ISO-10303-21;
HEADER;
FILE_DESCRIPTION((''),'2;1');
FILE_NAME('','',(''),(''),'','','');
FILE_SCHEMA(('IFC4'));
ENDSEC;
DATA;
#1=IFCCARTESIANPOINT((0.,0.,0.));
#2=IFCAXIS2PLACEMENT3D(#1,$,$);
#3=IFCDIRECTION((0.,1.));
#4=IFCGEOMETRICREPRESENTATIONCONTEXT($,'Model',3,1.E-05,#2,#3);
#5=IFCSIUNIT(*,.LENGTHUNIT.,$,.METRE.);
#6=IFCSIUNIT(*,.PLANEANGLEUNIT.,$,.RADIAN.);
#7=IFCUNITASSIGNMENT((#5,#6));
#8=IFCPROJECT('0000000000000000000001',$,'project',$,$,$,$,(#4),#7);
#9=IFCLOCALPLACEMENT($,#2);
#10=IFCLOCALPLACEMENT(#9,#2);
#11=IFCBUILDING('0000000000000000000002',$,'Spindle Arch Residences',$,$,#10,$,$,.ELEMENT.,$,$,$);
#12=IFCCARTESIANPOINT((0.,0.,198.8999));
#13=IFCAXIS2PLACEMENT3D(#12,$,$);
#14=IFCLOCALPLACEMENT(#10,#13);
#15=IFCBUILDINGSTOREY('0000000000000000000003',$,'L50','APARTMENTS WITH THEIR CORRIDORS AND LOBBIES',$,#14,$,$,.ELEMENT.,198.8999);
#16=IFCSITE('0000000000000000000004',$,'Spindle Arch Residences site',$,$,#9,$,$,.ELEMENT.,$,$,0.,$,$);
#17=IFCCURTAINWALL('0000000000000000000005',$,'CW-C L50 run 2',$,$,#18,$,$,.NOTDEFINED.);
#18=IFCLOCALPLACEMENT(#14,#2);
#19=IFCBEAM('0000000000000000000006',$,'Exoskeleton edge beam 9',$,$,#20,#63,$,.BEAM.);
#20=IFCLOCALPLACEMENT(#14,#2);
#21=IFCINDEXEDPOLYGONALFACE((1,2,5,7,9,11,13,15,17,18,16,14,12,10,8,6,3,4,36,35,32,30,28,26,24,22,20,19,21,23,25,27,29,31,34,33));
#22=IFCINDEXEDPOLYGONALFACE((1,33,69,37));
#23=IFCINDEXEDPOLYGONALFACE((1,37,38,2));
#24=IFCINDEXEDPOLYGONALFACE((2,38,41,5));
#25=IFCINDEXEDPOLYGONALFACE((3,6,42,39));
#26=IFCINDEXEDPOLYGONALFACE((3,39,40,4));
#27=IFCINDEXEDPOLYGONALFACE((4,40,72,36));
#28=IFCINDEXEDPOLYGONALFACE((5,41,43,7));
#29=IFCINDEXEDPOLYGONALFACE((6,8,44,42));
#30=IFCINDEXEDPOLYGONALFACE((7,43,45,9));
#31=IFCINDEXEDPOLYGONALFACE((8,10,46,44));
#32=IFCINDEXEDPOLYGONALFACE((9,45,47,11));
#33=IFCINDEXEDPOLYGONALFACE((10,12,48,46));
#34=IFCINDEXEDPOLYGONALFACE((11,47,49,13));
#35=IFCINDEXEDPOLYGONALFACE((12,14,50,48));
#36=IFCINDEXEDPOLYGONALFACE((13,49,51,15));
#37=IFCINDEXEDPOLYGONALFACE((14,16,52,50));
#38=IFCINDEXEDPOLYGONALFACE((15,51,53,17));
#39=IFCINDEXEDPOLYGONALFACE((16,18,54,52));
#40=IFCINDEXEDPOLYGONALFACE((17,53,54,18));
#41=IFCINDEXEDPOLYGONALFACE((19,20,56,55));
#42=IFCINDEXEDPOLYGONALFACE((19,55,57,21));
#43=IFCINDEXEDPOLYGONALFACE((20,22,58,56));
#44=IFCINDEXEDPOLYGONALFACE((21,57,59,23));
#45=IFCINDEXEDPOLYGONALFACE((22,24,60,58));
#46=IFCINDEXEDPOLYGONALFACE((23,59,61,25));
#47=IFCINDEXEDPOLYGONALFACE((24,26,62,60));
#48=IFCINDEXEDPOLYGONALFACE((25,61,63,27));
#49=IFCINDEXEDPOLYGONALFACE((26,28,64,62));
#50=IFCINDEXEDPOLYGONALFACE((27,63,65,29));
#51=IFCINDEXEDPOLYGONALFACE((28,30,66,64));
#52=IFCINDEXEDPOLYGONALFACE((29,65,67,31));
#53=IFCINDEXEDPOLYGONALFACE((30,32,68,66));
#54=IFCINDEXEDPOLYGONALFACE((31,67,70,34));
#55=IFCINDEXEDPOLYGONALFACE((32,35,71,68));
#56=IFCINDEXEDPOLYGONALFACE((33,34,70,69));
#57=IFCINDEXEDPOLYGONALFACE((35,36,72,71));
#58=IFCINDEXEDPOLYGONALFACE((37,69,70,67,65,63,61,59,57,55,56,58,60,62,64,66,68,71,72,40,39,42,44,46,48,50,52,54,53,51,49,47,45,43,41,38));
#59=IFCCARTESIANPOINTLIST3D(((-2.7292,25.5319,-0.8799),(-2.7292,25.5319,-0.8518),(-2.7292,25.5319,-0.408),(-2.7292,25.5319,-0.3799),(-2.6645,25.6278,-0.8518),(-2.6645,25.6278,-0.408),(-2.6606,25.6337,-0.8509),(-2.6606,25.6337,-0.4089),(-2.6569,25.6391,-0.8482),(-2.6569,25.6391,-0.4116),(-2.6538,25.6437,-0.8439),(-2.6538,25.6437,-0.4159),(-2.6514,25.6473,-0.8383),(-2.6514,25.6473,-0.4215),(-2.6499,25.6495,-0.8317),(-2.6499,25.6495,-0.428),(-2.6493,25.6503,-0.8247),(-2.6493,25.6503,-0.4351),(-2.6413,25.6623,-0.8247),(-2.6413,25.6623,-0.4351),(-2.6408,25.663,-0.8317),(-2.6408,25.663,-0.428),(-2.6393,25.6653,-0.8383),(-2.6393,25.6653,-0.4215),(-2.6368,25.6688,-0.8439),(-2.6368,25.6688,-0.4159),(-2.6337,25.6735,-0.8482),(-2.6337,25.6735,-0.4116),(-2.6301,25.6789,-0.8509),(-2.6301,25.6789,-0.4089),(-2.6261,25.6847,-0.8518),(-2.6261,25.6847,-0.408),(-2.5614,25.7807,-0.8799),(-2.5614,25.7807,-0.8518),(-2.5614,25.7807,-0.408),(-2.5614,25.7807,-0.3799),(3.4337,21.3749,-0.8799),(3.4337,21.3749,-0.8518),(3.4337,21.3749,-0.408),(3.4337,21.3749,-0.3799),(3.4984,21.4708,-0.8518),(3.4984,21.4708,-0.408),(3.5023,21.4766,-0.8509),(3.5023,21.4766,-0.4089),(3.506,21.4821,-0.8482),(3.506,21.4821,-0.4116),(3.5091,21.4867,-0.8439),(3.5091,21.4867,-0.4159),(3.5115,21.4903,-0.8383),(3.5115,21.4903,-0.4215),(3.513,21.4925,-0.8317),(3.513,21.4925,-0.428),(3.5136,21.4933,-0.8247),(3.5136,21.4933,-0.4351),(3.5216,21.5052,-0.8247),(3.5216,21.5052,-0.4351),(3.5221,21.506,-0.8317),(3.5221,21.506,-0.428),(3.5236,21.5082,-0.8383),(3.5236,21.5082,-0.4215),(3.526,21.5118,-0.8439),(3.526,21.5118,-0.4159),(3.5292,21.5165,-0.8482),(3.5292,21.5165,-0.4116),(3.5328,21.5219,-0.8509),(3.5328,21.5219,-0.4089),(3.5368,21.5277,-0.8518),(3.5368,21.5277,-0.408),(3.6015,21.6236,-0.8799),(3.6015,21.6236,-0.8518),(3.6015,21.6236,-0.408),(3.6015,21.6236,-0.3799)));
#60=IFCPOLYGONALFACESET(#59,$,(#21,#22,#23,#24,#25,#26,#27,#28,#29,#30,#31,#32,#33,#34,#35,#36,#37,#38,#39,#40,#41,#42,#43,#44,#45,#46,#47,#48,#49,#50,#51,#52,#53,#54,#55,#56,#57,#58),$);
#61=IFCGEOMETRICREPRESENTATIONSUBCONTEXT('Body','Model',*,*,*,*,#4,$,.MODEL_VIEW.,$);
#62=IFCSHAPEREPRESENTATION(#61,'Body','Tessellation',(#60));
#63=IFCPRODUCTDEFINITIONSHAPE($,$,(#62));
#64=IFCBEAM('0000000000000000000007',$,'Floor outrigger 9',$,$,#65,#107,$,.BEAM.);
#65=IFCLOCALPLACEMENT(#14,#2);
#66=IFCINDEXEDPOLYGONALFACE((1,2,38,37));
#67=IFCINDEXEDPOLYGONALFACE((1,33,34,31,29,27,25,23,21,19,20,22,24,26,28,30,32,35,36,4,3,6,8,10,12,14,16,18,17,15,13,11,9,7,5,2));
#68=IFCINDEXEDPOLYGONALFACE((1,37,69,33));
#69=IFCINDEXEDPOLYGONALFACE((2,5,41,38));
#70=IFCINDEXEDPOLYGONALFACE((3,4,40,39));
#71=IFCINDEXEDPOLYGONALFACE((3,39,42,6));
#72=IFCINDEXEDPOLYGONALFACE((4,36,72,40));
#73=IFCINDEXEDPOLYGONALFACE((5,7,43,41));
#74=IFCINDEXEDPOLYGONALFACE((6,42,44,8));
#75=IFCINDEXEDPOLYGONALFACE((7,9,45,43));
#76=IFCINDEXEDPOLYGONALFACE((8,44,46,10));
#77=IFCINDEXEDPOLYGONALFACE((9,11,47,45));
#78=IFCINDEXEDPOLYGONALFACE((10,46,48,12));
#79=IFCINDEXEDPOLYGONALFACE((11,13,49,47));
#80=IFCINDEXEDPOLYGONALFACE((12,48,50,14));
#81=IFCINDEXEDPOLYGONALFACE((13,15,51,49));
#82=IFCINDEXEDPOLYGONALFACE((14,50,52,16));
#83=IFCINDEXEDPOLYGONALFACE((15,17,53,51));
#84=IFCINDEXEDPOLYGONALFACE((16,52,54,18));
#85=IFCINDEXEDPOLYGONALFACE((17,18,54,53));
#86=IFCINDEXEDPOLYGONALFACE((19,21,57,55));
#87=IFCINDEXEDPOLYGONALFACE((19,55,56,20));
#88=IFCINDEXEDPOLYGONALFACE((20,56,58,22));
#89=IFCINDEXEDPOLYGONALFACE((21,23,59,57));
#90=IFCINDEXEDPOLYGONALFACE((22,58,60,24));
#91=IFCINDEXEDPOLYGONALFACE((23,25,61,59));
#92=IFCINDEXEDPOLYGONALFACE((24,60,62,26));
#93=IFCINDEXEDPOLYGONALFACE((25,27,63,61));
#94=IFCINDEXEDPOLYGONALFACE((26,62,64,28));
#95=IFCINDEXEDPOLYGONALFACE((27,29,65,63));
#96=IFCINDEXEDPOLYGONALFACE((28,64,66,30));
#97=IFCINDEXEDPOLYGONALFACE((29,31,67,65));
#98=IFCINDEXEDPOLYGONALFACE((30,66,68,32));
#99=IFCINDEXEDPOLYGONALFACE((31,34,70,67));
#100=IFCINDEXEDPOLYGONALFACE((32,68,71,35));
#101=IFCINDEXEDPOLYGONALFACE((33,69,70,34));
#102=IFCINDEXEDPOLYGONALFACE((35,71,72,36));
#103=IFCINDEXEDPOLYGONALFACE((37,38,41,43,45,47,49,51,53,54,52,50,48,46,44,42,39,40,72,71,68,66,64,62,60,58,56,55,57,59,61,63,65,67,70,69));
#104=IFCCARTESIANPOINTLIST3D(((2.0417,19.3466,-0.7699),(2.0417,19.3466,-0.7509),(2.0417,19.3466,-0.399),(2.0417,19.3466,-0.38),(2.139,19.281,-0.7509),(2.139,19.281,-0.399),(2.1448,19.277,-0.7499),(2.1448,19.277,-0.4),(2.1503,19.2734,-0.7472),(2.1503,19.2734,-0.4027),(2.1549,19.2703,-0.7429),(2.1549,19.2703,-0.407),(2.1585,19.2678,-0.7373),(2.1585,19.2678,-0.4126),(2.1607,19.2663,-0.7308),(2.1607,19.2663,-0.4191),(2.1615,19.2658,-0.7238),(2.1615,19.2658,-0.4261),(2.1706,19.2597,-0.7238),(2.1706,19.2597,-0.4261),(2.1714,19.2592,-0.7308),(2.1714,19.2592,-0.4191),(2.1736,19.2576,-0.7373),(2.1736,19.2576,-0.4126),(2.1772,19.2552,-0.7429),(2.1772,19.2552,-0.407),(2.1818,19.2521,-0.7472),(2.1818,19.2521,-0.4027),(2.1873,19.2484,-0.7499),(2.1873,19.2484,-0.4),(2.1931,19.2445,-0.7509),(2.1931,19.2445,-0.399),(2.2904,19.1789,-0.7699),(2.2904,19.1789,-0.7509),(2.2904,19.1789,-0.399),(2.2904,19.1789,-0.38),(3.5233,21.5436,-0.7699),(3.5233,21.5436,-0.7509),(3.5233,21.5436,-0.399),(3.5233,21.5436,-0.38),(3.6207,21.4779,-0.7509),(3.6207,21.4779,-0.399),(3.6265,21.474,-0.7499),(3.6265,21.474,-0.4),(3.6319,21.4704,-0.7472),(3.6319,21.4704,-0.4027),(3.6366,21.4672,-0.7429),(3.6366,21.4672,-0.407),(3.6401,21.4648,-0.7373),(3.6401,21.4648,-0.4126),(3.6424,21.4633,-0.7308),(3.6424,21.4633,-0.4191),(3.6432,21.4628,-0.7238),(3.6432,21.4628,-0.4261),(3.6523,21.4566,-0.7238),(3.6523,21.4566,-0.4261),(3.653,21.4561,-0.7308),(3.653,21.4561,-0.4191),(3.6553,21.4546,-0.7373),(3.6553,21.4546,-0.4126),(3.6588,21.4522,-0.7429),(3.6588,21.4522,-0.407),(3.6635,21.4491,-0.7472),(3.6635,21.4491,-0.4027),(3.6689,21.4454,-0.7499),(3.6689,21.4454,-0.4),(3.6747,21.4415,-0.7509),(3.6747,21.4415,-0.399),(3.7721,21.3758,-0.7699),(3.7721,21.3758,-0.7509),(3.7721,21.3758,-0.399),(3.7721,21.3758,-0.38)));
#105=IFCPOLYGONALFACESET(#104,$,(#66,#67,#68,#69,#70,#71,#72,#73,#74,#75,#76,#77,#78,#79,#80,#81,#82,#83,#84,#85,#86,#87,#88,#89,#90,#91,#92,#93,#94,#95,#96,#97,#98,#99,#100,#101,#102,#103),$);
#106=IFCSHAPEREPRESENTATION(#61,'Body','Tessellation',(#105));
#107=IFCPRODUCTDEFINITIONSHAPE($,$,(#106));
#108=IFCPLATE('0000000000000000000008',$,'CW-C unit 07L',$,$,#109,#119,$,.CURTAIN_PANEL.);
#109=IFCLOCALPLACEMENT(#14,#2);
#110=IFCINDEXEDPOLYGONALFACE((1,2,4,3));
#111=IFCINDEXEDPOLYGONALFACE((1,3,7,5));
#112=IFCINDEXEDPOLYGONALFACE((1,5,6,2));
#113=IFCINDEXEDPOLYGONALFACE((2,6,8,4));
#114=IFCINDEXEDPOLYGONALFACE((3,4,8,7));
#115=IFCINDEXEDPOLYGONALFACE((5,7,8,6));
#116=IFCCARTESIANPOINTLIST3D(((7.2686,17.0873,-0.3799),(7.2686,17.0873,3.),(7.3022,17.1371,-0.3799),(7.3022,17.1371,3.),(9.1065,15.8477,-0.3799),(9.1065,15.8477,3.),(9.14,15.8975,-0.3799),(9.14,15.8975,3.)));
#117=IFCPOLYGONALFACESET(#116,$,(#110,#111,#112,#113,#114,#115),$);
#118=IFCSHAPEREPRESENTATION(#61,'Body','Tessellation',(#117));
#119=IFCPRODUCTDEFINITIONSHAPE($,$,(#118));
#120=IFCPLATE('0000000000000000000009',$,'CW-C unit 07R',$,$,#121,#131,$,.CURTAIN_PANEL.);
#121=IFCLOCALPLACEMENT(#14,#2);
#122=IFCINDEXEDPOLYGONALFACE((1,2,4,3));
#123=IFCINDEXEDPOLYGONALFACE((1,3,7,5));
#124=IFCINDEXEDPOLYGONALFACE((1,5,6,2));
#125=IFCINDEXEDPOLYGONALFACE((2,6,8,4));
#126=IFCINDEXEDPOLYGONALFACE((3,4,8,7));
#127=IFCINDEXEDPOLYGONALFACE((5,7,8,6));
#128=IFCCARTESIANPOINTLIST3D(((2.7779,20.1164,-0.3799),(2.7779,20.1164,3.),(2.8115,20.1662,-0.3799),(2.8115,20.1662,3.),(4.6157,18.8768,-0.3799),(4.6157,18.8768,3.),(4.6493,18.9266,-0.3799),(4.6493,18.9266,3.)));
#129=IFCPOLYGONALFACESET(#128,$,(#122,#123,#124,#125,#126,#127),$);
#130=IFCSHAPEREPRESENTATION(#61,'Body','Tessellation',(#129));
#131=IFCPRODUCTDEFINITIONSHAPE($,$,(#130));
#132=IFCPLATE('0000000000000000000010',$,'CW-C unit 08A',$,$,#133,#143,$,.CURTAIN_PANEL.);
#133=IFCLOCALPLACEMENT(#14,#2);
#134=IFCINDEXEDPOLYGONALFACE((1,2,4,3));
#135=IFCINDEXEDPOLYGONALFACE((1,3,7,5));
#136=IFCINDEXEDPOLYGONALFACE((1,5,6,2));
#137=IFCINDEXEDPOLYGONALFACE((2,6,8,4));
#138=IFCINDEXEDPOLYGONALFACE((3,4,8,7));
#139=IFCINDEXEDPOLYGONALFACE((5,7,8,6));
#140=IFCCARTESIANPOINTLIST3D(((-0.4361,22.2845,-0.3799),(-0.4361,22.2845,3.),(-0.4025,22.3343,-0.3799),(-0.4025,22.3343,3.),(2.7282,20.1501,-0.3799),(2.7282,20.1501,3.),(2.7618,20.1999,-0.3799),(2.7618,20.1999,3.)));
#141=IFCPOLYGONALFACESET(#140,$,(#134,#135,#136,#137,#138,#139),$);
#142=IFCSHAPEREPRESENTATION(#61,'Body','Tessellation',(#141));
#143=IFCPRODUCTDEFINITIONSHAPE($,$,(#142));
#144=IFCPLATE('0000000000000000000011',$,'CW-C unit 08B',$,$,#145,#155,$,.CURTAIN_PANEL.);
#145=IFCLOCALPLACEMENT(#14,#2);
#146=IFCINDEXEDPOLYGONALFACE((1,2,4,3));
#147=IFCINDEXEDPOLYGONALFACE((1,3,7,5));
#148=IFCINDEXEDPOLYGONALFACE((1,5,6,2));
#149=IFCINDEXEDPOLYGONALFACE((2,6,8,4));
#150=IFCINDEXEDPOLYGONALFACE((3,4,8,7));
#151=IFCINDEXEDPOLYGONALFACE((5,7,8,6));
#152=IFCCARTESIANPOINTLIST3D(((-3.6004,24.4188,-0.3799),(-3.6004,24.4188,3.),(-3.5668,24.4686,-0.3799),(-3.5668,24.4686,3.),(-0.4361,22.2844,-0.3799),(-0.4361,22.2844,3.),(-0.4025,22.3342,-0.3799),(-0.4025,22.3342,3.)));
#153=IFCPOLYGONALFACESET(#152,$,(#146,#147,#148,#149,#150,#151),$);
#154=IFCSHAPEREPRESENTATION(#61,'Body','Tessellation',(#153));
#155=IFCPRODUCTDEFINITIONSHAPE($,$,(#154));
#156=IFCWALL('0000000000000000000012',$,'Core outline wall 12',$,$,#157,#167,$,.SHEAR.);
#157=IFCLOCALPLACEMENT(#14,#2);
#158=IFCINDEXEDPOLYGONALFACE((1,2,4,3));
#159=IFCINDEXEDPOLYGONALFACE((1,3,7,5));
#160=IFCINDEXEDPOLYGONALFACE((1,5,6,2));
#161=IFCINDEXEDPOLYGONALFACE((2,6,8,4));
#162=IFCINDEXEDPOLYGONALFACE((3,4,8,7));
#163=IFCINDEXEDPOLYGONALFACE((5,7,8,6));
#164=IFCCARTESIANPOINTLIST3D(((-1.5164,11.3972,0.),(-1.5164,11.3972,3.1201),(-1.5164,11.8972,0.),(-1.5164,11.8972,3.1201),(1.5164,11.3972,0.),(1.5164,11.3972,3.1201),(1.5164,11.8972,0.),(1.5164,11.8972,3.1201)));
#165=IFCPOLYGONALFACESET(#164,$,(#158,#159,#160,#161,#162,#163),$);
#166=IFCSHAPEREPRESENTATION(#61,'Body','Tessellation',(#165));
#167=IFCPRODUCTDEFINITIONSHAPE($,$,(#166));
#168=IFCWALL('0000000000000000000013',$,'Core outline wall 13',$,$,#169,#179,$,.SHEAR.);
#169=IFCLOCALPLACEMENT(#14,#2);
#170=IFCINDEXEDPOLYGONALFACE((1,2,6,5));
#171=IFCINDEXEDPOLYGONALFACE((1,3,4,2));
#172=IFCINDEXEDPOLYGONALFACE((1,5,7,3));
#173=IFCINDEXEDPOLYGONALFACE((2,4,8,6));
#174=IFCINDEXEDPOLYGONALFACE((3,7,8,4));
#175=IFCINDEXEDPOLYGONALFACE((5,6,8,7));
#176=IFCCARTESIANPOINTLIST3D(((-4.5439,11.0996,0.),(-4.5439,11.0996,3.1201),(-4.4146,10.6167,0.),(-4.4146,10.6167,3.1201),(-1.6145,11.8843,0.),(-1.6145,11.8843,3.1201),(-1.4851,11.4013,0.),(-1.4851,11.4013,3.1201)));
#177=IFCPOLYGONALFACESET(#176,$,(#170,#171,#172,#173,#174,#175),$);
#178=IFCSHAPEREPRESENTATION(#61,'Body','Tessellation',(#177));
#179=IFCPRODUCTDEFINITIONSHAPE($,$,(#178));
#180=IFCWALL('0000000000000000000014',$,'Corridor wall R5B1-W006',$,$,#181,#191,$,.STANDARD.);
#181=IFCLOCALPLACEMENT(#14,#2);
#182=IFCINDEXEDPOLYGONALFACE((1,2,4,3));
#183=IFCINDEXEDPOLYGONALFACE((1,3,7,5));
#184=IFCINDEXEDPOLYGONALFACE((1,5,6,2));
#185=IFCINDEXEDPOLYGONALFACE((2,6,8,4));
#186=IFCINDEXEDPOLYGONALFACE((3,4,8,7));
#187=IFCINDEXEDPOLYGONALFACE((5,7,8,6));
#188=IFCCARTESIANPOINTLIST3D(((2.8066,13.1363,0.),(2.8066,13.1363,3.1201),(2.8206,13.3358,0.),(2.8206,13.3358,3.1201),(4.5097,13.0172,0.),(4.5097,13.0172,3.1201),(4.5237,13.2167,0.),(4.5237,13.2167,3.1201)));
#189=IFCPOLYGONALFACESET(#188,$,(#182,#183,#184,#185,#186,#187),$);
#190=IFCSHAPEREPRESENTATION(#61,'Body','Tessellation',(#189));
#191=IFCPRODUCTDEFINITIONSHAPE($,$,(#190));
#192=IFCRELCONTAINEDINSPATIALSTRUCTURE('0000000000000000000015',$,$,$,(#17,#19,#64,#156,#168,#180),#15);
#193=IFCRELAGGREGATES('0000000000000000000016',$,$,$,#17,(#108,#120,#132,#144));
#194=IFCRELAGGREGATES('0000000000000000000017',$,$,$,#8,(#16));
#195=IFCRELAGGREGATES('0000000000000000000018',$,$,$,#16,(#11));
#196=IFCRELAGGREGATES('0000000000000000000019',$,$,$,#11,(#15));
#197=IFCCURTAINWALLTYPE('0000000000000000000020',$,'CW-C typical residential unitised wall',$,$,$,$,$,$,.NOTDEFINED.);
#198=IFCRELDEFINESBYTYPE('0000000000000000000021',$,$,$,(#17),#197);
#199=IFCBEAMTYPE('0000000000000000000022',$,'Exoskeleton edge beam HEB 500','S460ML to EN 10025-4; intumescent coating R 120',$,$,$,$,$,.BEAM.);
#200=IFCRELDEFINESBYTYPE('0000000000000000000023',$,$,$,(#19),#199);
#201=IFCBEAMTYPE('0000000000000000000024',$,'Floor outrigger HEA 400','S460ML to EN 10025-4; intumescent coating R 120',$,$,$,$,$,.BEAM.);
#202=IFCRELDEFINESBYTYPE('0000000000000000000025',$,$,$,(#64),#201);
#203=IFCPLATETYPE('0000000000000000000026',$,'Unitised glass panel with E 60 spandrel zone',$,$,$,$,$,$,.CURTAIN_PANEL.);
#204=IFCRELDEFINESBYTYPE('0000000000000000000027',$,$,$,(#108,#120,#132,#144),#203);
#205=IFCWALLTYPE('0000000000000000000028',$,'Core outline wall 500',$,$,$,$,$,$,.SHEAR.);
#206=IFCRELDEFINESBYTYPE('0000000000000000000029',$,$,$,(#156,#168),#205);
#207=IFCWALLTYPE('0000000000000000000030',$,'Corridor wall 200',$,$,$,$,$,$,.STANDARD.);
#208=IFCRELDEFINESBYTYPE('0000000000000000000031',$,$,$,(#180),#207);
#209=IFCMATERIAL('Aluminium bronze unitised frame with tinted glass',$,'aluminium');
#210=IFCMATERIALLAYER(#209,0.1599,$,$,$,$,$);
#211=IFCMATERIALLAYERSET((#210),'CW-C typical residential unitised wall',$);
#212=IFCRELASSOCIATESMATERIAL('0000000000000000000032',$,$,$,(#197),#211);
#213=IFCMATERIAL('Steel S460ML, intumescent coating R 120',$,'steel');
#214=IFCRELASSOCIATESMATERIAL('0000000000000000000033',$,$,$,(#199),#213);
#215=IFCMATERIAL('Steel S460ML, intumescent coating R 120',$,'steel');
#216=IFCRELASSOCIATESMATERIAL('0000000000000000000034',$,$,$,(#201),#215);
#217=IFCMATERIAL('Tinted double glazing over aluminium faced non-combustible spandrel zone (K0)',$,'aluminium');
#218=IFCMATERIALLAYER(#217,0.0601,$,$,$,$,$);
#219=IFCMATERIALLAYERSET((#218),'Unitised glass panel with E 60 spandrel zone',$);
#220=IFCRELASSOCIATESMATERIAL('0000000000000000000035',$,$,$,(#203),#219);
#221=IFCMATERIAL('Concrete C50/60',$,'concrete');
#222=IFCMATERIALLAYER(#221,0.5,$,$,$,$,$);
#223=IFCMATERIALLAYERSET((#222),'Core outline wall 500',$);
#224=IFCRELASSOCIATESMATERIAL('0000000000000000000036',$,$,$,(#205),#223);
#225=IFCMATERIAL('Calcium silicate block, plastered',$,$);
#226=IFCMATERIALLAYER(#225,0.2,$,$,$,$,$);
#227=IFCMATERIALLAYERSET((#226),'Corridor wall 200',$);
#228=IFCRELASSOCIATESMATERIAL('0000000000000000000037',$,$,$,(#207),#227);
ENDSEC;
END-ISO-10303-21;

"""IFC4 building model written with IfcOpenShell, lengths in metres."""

from ifc_helpers import new_model, si_unit, direction, frame, frame_2d, origin, origin_2d, place, context, subcontext, project, spatial, rectangle, i_section, extrude, material, layer, layer_set, material_profile, profile_set, type_object, element, aggregate, save


model = new_model("IFC4")

# Units and contexts
model_context = context("Model", 3, precision=1e-05, world=origin(), true_north=direction((0.0, 1.0)))
body_context = subcontext(model_context, "Body", "Model", "MODEL_VIEW")
ifc_project = project(units=[si_unit("LENGTHUNIT", "METRE"), si_unit("PLANEANGLEUNIT", "RADIAN")], contexts=[model_context])

# Site, building, storey
site_placement = place(None, origin())
site = spatial("IfcSite", under=ifc_project, at=site_placement, Name="Spindle Arch Residences site", CompositionType="ELEMENT", RefElevation=0.0)
building_placement = place(site_placement, origin())
building = spatial("IfcBuilding", under=site, at=building_placement, Name="Spindle Arch Residences", CompositionType="ELEMENT")
storey_placement = place(building_placement, frame((0.0, 0.0, 198.8999)))
storey = spatial("IfcBuildingStorey", under=building, at=storey_placement, Name="L50", Description="APARTMENTS WITH THEIR CORRIDORS AND LOBBIES", CompositionType="ELEMENT", Elevation=198.8999)

# Curtain wall
ifc_material_1 = material(Name="Aluminium bronze unitised frame with tinted glass", Category="aluminium")
ifc_layer_1 = layer(ifc_material_1, 0.1599)
ifc_layer_set_1 = layer_set([ifc_layer_1], Name="CW-C typical residential unitised wall")
curtain_wall_type = type_object("IfcCurtainWallType", Name="CW-C typical residential unitised wall", PredefinedType="NOTDEFINED", material=ifc_layer_set_1)
curtain_wall_placement = place(storey_placement, origin())
curtain_wall = element("IfcCurtainWall", 1, at=curtain_wall_placement, inside=storey, type_object=curtain_wall_type, Name="CW-C L50 run 2", PredefinedType="NOTDEFINED")

# Beams
ifc_material_2 = material(Name="Steel S460ML, intumescent coating R 120", Category="steel")
ifc_material_profile_1 = material_profile(ifc_material_2, i_section(OverallWidth=0.3, OverallDepth=0.5, WebThickness=0.0144, FlangeThickness=0.0281, FilletRadius=0.0271, at=origin_2d()), Name="HEB 500")
ifc_profile_set_1 = profile_set([ifc_material_profile_1], Name="Steel S460ML, intumescent coating R 120")
beam_type_1 = type_object("IfcBeamType", Name="Exoskeleton edge beam HEB 500", Description="S460ML to EN 10025-4; intumescent coating R 120", PredefinedType="BEAM", material=ifc_profile_set_1)
for number, where, z_axis, x_axis, name in (
    (2, (3.5176, 21.4993, -0.6299), (-0.829032, 0.559202, 0.0), (-0.559202, -0.829032, 0.0), "Exoskeleton edge beam 9"),
):
    element("IfcBeam", number, at=place(storey_placement, frame(where, z_axis=z_axis, x_axis=x_axis)), inside=storey, type_object=beam_type_1, Name=name, PredefinedType="BEAM", context=body_context, shape_type="SweptSolid", body=[
        extrude(i_section(OverallWidth=0.3, OverallDepth=0.5, WebThickness=0.0144, FlangeThickness=0.0281, FilletRadius=0.0271, at=origin_2d()), origin(), (0.0, 0.0, 1.0), 7.4338),
    ])
ifc_material_3 = material(Name="Steel S460ML, intumescent coating R 120", Category="steel")
ifc_material_profile_2 = material_profile(ifc_material_3, i_section(OverallWidth=0.3, OverallDepth=0.3899, WebThickness=0.011, FlangeThickness=0.019, FilletRadius=0.0271, at=origin_2d()), Name="HEA 400")
ifc_profile_set_2 = profile_set([ifc_material_profile_2], Name="Steel S460ML, intumescent coating R 120")
beam_type_2 = type_object("IfcBeamType", Name="Floor outrigger HEA 400", Description="S460ML to EN 10025-4; intumescent coating R 120", PredefinedType="BEAM", material=ifc_profile_set_2)
beam_placement = place(storey_placement, frame((3.6477, 21.4597, -0.575), z_axis=(-0.559136, -0.829076, 0.0), x_axis=(0.829076, -0.559136, 0.0)))
element("IfcBeam", 3, at=beam_placement, inside=storey, type_object=beam_type_2, Name="Floor outrigger 9", PredefinedType="BEAM", context=body_context, shape_type="SweptSolid", body=[
    extrude(i_section(OverallWidth=0.3, OverallDepth=0.3899, WebThickness=0.011, FlangeThickness=0.019, FilletRadius=0.0271, at=origin_2d()), origin(), (0.0, 0.0, 1.0), 2.6499),
])

# Plates
ifc_material_4 = material(Name="Tinted double glazing over aluminium faced non-combustible spandrel zone (K0)", Category="aluminium")
ifc_layer_2 = layer(ifc_material_4, 0.0601)
ifc_layer_set_2 = layer_set([ifc_layer_2], Name="Unitised glass panel with E 60 spandrel zone")
plate_type = type_object("IfcPlateType", Name="Unitised glass panel with E 60 spandrel zone", PredefinedType="CURTAIN_PANEL", material=ifc_layer_set_2)
plate_1_placement = place(storey_placement, frame((8.2043, 16.4924, -0.3799), z_axis=(0.0, 0.0, 1.0), x_axis=(-0.829038, 0.559193, 0.0)))
plate_1 = element("IfcPlate", 4, at=plate_1_placement, type_object=plate_type, Name="CW-C unit 07L", PredefinedType="CURTAIN_PANEL", context=body_context, shape_type="SweptSolid", body=[
    extrude(rectangle(XDim=2.2168, YDim=0.0601, at=origin_2d()), origin(), (0.0, 0.0, 1.0), 3.3799),
])
plate_2_placement = place(storey_placement, frame((3.7136, 19.5215, -0.3799), z_axis=(0.0, 0.0, 1.0), x_axis=(-0.829038, 0.559193, 0.0)))
plate_2 = element("IfcPlate", 5, at=plate_2_placement, type_object=plate_type, Name="CW-C unit 07R", PredefinedType="CURTAIN_PANEL", context=body_context, shape_type="SweptSolid", body=[
    extrude(rectangle(XDim=2.2168, YDim=0.0601, at=origin_2d()), origin(), (0.0, 0.0, 1.0), 3.3799),
])
plate_3_placement = place(storey_placement, frame((1.1628, 21.2422, -0.3799), z_axis=(0.0, 0.0, 1.0), x_axis=(-0.829038, 0.559193, 0.0)))
plate_3 = element("IfcPlate", 6, at=plate_3_placement, type_object=plate_type, Name="CW-C unit 08A", PredefinedType="CURTAIN_PANEL", context=body_context, shape_type="SweptSolid", body=[
    extrude(rectangle(XDim=3.8169, YDim=0.0601, at=origin_2d()), origin(), (0.0, 0.0, 1.0), 3.3799),
])
plate_4_placement = place(storey_placement, frame((-2.0015, 23.3765, -0.3799), z_axis=(0.0, 0.0, 1.0), x_axis=(-0.829038, 0.559193, 0.0)))
plate_4 = element("IfcPlate", 7, at=plate_4_placement, type_object=plate_type, Name="CW-C unit 08B", PredefinedType="CURTAIN_PANEL", context=body_context, shape_type="SweptSolid", body=[
    extrude(rectangle(XDim=3.8169, YDim=0.0601, at=origin_2d()), origin(), (0.0, 0.0, 1.0), 3.3799),
])
aggregate(curtain_wall, [plate_1, plate_2, plate_3, plate_4])

# Walls
ifc_material_5 = material(Name="Concrete C50/60", Category="concrete")
ifc_layer_3 = layer(ifc_material_5, 0.5)
ifc_layer_set_3 = layer_set([ifc_layer_3], Name="Core outline wall 500")
wall_type_1 = type_object("IfcWallType", Name="Core outline wall 500", PredefinedType="SHEAR", material=ifc_layer_set_3)
for number, where, z_axis, x_axis, name in (
    (8, (1.5164, 11.6472, 0.0), (0.0, 0.0, 1.0), (-1.0, 0.0, 0.0), "Core outline wall 12"),
    (9, (-1.5498, 11.6428, 0.0), (0.0, 0.0, 1.0), (-0.965948, -0.258735, 0.0), "Core outline wall 13"),
):
    element("IfcWall", number, at=place(storey_placement, frame(where, z_axis=z_axis, x_axis=x_axis)), inside=storey, type_object=wall_type_1, Name=name, PredefinedType="SHEAR", context=body_context, shape_type="SweptSolid", body=[
        extrude(rectangle(XDim=3.0327, YDim=0.5, at=frame_2d((1.5164, 0.0))), origin(), (0.0, 0.0, 1.0), 3.1201),
    ])
ifc_material_6 = material(Name="Calcium silicate block, plastered")
ifc_layer_4 = layer(ifc_material_6, 0.2)
ifc_layer_set_4 = layer_set([ifc_layer_4], Name="Corridor wall 200")
wall_type_2 = type_object("IfcWallType", Name="Corridor wall 200", PredefinedType="STANDARD", material=ifc_layer_set_4)
wall_1_placement = place(storey_placement, frame((4.5166, 13.1169, 0.0), z_axis=(0.0, 0.0, 1.0), x_axis=(-0.997562, 0.069784, 0.0)))
element("IfcWall", 10, at=wall_1_placement, inside=storey, type_object=wall_type_2, Name="Corridor wall R5B1-W006", PredefinedType="STANDARD", context=body_context, shape_type="SweptSolid", body=[
    extrude(rectangle(XDim=1.7073, YDim=0.2, at=frame_2d((0.8535, 0.0))), origin(), (0.0, 0.0, 1.0), 3.1201),
])

save(model, "model.ifc")
